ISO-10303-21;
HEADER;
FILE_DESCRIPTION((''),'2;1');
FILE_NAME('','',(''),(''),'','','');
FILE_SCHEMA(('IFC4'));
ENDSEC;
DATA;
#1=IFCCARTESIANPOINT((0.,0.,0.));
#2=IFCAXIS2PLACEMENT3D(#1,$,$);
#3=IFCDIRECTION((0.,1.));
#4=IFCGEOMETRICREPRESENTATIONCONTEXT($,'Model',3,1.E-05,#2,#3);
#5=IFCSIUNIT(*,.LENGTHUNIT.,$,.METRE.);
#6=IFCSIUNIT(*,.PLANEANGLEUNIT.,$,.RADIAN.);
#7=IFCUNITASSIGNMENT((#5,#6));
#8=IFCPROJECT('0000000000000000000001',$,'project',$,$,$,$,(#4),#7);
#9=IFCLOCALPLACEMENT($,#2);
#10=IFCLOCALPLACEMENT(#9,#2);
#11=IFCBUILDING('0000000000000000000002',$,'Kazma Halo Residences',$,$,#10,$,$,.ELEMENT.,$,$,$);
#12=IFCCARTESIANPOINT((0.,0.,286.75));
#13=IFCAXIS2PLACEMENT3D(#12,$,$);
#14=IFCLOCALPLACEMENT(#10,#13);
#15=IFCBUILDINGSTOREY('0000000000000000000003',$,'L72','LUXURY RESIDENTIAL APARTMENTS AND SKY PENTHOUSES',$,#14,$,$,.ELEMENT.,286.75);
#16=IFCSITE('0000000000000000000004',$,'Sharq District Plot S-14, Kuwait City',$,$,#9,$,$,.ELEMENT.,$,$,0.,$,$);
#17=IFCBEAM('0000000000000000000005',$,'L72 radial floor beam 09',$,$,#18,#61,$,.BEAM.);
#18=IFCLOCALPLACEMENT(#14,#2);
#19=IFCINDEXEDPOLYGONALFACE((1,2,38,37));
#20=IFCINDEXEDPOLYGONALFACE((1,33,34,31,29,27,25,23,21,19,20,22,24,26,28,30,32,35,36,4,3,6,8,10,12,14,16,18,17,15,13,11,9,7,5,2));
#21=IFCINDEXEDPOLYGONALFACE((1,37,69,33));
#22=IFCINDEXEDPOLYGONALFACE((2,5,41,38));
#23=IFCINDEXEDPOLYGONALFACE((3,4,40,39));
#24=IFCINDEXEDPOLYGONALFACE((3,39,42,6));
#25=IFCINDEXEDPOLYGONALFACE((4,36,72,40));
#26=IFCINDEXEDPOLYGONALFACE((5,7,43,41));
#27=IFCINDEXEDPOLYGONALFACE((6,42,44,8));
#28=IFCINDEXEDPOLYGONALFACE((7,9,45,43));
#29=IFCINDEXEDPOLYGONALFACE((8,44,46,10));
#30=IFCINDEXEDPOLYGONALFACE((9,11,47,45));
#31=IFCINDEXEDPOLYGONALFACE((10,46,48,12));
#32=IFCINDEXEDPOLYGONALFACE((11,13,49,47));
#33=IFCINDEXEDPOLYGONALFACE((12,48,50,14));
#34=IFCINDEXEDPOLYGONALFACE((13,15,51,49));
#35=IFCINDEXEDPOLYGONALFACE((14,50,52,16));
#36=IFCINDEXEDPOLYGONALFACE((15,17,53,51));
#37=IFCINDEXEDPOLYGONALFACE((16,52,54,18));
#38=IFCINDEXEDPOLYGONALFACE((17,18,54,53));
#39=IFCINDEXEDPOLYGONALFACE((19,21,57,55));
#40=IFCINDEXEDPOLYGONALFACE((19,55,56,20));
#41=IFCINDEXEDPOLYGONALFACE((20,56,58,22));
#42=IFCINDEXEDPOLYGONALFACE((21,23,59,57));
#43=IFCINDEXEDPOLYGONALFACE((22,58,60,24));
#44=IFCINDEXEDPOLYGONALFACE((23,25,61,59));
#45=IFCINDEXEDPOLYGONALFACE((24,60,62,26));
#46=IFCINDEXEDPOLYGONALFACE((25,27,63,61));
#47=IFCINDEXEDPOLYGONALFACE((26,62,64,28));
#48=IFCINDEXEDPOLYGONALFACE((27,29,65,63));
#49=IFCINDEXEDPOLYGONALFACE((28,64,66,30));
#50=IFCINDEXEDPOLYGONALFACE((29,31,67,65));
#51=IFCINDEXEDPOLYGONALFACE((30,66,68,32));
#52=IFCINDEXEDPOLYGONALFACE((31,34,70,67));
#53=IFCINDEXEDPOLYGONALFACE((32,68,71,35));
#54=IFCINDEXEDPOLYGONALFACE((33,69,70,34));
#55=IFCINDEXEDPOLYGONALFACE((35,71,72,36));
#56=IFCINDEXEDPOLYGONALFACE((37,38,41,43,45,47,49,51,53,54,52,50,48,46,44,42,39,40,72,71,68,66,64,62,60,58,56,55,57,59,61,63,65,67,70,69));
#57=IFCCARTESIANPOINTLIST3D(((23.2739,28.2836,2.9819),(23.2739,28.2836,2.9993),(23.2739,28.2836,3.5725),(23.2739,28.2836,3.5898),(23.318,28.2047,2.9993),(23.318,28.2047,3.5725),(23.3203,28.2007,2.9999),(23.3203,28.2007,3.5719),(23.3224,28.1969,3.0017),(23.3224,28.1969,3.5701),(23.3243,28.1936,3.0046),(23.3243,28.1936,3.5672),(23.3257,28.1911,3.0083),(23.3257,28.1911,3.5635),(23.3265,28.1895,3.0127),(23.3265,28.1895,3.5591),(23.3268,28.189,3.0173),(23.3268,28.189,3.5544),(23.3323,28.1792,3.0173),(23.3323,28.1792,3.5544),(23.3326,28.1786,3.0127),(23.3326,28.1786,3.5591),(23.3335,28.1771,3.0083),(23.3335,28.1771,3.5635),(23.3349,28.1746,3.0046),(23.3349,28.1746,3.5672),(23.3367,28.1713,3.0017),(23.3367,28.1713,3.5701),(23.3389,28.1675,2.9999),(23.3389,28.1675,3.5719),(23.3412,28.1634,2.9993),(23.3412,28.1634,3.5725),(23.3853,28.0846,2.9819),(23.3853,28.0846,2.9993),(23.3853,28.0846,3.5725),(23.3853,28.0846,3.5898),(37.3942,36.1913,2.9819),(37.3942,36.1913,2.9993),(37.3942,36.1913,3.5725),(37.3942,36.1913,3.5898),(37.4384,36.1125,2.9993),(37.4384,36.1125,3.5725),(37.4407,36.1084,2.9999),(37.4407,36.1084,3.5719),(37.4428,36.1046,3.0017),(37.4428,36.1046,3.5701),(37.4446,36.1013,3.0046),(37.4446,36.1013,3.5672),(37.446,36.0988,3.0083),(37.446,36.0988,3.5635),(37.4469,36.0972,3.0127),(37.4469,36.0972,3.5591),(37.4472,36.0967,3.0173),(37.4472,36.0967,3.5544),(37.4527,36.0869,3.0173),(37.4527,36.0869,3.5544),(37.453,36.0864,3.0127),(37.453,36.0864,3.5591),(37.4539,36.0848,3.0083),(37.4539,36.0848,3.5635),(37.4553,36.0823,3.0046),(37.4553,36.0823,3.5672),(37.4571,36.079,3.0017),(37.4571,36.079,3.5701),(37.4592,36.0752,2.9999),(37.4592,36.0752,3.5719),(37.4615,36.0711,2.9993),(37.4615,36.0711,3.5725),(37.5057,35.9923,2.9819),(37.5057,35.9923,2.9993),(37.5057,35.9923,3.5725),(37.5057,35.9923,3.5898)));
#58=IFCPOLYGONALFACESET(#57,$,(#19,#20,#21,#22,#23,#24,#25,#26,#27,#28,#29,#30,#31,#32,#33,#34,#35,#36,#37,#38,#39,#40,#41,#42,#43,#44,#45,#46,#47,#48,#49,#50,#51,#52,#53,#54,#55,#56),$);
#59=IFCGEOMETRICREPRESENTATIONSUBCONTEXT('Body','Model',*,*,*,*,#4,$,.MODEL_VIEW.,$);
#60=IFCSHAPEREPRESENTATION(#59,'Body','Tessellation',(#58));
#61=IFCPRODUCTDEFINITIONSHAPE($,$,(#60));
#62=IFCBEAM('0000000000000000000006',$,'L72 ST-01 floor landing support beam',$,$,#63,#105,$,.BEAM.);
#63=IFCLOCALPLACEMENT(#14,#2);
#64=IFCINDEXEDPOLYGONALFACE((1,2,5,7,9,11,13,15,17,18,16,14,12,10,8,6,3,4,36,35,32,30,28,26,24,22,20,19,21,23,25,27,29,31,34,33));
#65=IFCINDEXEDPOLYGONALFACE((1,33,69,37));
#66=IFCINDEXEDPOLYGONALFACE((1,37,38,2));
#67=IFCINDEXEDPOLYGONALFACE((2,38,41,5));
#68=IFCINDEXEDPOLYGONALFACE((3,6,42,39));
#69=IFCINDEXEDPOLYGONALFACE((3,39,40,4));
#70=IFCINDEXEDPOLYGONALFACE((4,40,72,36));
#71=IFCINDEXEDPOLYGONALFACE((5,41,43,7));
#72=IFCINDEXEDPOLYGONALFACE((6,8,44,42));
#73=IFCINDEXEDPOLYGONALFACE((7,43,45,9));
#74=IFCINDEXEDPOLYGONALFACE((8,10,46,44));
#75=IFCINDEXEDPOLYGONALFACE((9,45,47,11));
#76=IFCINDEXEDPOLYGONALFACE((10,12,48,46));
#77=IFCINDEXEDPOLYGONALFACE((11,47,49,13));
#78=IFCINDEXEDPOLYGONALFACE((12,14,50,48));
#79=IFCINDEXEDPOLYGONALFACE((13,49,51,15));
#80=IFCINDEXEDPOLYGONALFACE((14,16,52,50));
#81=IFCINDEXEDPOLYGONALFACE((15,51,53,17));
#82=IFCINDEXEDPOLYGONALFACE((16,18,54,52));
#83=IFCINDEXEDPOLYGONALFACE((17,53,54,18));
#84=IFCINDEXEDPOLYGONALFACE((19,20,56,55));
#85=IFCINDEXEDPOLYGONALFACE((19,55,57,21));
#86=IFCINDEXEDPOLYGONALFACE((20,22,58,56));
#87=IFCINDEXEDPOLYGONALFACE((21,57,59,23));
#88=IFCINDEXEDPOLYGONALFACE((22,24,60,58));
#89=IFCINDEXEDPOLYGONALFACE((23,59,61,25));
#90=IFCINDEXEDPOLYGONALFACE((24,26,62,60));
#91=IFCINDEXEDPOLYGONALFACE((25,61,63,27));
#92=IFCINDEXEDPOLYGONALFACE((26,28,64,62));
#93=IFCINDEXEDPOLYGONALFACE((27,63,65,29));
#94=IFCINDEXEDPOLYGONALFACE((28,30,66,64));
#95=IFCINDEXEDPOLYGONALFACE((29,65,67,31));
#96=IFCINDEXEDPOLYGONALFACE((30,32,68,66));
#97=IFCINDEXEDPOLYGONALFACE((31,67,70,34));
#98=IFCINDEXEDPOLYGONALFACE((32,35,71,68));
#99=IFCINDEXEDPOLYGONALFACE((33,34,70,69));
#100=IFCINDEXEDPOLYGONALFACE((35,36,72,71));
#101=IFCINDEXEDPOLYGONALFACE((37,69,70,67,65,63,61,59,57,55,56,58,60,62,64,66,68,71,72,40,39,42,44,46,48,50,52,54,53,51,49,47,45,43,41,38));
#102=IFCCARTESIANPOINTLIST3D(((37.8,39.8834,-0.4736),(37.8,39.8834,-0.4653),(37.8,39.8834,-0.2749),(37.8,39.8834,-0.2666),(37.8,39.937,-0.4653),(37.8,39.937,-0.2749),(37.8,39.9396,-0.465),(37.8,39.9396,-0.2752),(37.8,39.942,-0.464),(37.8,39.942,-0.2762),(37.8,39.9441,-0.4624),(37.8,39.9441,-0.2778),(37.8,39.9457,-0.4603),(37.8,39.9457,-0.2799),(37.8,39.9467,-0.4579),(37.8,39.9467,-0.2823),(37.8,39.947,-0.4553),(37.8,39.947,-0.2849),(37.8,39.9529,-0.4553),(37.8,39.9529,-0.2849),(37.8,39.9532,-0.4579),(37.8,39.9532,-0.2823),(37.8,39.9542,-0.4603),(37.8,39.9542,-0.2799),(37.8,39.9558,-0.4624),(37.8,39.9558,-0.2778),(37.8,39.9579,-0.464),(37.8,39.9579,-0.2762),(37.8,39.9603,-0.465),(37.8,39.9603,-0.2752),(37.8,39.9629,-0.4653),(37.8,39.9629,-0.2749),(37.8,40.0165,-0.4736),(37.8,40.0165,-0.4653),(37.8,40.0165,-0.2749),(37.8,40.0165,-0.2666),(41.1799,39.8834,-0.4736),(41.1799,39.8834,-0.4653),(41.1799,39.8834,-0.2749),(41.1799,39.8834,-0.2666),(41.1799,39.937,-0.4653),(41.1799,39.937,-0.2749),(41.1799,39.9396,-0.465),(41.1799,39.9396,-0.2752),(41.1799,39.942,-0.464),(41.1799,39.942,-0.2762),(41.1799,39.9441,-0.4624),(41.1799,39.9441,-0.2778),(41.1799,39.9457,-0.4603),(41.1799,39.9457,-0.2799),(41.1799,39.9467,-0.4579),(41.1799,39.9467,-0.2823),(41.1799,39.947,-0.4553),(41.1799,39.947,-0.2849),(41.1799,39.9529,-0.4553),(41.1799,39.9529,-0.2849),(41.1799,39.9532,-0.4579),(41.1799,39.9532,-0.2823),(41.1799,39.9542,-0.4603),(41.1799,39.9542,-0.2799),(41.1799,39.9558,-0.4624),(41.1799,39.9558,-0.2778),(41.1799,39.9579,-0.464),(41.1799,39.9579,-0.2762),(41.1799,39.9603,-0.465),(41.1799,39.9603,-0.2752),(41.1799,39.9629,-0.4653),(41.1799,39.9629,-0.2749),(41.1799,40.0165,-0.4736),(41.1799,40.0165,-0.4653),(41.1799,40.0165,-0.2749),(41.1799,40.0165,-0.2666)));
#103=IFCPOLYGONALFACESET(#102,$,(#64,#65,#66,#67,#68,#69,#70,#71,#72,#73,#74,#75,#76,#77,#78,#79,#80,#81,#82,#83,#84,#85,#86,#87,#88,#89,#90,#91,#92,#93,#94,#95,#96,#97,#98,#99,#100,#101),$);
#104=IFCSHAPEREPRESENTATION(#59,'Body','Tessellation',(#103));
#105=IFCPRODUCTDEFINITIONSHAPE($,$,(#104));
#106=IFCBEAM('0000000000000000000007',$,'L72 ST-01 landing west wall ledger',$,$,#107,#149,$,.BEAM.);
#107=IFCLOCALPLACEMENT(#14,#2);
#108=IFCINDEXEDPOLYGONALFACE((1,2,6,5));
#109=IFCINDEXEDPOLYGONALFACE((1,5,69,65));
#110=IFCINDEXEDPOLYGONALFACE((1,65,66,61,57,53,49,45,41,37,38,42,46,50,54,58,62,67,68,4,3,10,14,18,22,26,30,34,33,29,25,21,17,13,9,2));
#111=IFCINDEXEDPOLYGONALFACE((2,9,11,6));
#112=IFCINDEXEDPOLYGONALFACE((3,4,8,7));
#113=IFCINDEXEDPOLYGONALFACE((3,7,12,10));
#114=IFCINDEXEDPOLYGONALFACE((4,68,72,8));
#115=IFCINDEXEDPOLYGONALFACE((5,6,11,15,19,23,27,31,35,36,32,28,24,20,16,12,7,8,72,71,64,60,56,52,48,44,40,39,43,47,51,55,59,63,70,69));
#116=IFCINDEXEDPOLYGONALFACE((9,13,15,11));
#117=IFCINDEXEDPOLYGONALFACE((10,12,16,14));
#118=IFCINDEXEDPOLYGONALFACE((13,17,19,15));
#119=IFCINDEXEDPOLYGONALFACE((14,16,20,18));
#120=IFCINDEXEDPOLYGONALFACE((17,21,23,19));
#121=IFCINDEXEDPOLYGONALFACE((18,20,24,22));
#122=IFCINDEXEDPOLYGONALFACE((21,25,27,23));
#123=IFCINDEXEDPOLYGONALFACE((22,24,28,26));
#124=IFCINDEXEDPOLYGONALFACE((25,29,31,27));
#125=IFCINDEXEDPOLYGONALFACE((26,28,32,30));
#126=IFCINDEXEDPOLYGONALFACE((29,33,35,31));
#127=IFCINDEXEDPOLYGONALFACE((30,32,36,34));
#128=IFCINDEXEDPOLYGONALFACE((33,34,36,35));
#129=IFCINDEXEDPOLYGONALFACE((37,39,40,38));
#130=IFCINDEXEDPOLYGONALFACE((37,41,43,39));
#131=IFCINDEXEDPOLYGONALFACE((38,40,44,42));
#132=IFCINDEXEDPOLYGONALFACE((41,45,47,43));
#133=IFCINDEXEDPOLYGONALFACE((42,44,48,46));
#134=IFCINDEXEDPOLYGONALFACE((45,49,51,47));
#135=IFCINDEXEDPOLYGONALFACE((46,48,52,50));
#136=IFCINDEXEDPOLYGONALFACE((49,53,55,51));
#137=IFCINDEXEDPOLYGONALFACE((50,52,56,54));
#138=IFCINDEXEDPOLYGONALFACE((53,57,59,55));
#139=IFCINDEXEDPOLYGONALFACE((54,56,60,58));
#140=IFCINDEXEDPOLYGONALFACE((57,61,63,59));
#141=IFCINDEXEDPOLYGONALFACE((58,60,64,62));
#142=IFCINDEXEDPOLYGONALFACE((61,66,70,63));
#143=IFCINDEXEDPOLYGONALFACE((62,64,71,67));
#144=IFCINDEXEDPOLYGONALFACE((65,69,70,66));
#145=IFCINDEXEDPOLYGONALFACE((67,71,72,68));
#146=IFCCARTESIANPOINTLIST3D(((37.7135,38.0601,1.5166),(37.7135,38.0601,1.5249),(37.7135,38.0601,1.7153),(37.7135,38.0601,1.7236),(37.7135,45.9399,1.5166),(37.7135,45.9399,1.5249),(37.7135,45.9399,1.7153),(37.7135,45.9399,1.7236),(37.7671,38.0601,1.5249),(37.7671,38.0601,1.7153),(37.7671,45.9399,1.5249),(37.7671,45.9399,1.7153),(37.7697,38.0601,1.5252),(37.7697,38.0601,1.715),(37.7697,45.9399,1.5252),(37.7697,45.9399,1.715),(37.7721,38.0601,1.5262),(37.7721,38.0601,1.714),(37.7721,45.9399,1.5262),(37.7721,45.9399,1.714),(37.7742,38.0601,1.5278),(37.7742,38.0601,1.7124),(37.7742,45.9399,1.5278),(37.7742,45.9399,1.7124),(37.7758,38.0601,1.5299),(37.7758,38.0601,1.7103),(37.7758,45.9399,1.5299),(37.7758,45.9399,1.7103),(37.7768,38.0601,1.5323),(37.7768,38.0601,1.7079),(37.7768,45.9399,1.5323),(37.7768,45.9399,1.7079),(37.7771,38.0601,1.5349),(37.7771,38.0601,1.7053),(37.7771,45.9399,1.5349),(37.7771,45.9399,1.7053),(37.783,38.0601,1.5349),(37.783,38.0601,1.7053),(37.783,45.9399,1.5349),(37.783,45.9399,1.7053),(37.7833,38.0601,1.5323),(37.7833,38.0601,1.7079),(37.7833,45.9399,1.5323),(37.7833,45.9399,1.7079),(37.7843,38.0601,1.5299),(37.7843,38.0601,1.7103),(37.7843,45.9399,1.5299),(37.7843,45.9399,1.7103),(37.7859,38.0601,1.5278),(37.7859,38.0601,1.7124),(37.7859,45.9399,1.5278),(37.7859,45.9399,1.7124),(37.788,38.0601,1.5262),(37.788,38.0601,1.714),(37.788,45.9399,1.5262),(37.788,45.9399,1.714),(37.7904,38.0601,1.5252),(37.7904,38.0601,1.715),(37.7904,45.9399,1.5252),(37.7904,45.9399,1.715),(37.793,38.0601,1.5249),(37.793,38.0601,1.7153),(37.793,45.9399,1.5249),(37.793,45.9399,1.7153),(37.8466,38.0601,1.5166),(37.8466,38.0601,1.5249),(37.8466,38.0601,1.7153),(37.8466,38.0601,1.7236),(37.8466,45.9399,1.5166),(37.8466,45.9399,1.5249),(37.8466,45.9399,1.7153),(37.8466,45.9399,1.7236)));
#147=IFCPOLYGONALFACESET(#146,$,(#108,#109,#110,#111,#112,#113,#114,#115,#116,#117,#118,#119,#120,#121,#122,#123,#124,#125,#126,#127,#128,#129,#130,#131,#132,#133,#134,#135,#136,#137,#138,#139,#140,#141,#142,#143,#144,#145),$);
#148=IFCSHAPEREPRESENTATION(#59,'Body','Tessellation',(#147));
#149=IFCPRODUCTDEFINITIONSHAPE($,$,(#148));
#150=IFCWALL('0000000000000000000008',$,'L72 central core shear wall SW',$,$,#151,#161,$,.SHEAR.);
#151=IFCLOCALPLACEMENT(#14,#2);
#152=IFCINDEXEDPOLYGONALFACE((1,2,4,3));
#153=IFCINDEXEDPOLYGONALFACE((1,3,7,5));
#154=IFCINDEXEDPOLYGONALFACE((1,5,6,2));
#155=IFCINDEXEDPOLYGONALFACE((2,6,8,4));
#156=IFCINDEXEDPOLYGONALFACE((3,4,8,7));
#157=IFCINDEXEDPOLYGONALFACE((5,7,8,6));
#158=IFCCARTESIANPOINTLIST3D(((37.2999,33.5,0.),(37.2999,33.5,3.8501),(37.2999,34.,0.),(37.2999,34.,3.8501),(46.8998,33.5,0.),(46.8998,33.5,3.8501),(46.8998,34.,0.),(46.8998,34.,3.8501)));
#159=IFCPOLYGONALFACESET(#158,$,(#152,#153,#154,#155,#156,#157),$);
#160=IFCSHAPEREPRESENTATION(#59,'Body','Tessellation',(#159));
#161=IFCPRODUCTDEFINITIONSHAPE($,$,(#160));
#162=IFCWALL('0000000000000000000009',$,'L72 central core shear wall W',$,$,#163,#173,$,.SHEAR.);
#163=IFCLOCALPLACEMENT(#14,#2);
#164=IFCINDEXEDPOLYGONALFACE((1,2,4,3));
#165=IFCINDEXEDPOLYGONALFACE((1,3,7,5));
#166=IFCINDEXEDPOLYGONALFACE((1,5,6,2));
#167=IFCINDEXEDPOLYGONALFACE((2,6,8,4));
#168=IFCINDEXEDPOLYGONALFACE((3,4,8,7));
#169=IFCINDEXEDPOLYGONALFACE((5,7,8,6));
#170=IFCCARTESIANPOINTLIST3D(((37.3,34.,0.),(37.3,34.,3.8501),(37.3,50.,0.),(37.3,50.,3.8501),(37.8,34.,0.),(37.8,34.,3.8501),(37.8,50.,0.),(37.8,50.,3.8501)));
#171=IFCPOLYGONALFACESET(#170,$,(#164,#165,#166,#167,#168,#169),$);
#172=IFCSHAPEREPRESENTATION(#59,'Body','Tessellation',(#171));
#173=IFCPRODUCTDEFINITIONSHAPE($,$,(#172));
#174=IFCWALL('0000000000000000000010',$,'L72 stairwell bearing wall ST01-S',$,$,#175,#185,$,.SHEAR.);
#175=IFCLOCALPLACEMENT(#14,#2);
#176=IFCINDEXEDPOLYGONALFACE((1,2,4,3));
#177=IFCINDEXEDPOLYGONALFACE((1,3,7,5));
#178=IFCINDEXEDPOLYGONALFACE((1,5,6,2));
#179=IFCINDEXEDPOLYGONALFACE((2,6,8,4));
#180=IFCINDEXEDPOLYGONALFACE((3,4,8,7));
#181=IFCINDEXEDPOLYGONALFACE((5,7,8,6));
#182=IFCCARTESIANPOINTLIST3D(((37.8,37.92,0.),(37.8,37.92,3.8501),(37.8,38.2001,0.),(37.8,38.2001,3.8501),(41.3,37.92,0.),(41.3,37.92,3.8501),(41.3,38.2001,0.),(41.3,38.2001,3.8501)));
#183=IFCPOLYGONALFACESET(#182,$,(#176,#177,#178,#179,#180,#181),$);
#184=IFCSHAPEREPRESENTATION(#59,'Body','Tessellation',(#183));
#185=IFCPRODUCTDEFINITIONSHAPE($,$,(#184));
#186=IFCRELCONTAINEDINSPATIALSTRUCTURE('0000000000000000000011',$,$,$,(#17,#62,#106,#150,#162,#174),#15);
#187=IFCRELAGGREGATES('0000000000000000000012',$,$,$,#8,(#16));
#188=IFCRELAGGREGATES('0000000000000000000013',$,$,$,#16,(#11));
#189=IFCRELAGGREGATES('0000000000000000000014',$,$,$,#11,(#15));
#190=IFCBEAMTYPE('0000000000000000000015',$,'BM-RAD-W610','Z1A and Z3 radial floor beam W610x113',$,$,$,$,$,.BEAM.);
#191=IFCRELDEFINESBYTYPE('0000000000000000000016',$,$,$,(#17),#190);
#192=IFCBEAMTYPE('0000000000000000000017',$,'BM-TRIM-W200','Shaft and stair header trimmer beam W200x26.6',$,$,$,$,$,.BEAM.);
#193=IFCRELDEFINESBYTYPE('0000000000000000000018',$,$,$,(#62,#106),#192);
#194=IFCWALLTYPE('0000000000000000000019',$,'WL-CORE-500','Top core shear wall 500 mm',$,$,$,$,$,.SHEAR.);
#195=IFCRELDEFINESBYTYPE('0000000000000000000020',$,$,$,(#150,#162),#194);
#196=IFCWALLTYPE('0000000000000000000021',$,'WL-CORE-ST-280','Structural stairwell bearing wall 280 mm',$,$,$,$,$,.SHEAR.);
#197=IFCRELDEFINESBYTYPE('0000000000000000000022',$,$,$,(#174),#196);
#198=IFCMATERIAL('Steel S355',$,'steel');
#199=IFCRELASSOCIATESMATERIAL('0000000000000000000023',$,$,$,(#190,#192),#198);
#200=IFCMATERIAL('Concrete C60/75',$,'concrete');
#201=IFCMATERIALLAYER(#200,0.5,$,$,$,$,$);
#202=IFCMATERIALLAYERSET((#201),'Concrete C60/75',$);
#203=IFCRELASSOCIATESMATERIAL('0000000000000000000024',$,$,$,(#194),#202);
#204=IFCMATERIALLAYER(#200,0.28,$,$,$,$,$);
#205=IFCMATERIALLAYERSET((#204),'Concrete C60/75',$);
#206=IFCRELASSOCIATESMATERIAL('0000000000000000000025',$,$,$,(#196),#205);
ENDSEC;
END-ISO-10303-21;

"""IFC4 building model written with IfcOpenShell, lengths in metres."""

from ifc_helpers import new_model, si_unit, direction, frame, frame_2d, origin, origin_2d, place, context, subcontext, project, spatial, rectangle, i_section, extrude, material, layer, layer_set, material_profile, profile_set, type_object, element, save


model = new_model("IFC4")

# Units and contexts
model_context = context("Model", 3, precision=1e-05, world=origin(), true_north=direction((0.0, 1.0)))
body_context = subcontext(model_context, "Body", "Model", "MODEL_VIEW")
ifc_project = project(units=[si_unit("LENGTHUNIT", "METRE"), si_unit("PLANEANGLEUNIT", "RADIAN")], contexts=[model_context])

# Site, building, storey
site_placement = place(None, origin())
site = spatial("IfcSite", under=ifc_project, at=site_placement, Name="Sharq District Plot S-14, Kuwait City", CompositionType="ELEMENT", RefElevation=0.0)
building_placement = place(site_placement, origin())
building = spatial("IfcBuilding", under=site, at=building_placement, Name="Kazma Halo Residences", CompositionType="ELEMENT")
storey_placement = place(building_placement, frame((0.0, 0.0, 286.75)))
storey = spatial("IfcBuildingStorey", under=building, at=storey_placement, Name="L72", Description="LUXURY RESIDENTIAL APARTMENTS AND SKY PENTHOUSES", CompositionType="ELEMENT", Elevation=286.75)

# Beams
ifc_material_1 = material(Name="Steel S355", Category="steel")
ifc_material_profile_1 = material_profile(ifc_material_1, i_section(OverallWidth=0.228, OverallDepth=0.6079, WebThickness=0.0112, FlangeThickness=0.0173, FilletRadius=0.0181, at=origin_2d()), Name="W610x113")
ifc_profile_set_1 = profile_set([ifc_material_profile_1], Name="Steel S355")
beam_type_1 = type_object("IfcBeamType", Name="BM-RAD-W610", Description="Z1A and Z3 radial floor beam W610x113", PredefinedType="BEAM", material=ifc_profile_set_1)
beam_1_placement = place(storey_placement, frame((37.45, 36.0918, 3.2859), z_axis=(-0.872498, -0.488618, 0.0), x_axis=(0.488618, -0.872498, 0.0)))
element("IfcBeam", 1, at=beam_1_placement, inside=storey, type_object=beam_type_1, Name="L72 radial floor beam 09", PredefinedType="BEAM", context=body_context, shape_type="SweptSolid", body=[
    extrude(i_section(OverallWidth=0.228, OverallDepth=0.6079, WebThickness=0.0112, FlangeThickness=0.0173, FilletRadius=0.0181, at=origin_2d()), origin(), (0.0, 0.0, 1.0), 16.1838),
])
ifc_material_profile_2 = material_profile(ifc_material_1, i_section(OverallWidth=0.1331, OverallDepth=0.207, WebThickness=0.0059, FlangeThickness=0.0083, FilletRadius=0.01, at=origin_2d()), Name="W200x26.6")
ifc_profile_set_2 = profile_set([ifc_material_profile_2], Name="Steel S355")
beam_type_2 = type_object("IfcBeamType", Name="BM-TRIM-W200", Description="Shaft and stair header trimmer beam W200x26.6", PredefinedType="BEAM", material=ifc_profile_set_2)
beam_2_placement = place(storey_placement, frame((37.8, 39.95, -0.3701), z_axis=(1.0, 0.0, 0.0), x_axis=(0.0, 1.0, 0.0)))
element("IfcBeam", 2, at=beam_2_placement, inside=storey, type_object=beam_type_2, Name="L72 ST-01 floor landing support beam", PredefinedType="BEAM", context=body_context, shape_type="SweptSolid", body=[
    extrude(i_section(OverallWidth=0.1331, OverallDepth=0.207, WebThickness=0.0059, FlangeThickness=0.0083, FilletRadius=0.01, at=origin_2d()), origin(), (0.0, 0.0, 1.0), 3.3799),
])
beam_3_placement = place(storey_placement, frame((37.78, 38.0601, 1.6201), z_axis=(0.0, 1.0, 0.0), x_axis=(-1.0, 0.0, 0.0)))
element("IfcBeam", 3, at=beam_3_placement, inside=storey, type_object=beam_type_2, Name="L72 ST-01 landing west wall ledger", PredefinedType="BEAM", context=body_context, shape_type="SweptSolid", body=[
    extrude(i_section(OverallWidth=0.1331, OverallDepth=0.207, WebThickness=0.0059, FlangeThickness=0.0083, FilletRadius=0.01, at=origin_2d()), origin(), (0.0, 0.0, 1.0), 7.8799),
])

# Walls
ifc_material_2 = material(Name="Concrete C60/75", Category="concrete")
ifc_layer_1 = layer(ifc_material_2, 0.5)
ifc_layer_set_1 = layer_set([ifc_layer_1], Name="Concrete C60/75")
wall_type_1 = type_object("IfcWallType", Name="WL-CORE-500", Description="Top core shear wall 500 mm", PredefinedType="SHEAR", material=ifc_layer_set_1)
wall_1_placement = place(storey_placement, frame((37.3, 33.75, 0.0), z_axis=(0.0, 0.0, 1.0), x_axis=(1.0, 0.0, 0.0)))
element("IfcWall", 4, at=wall_1_placement, inside=storey, type_object=wall_type_1, Name="L72 central core shear wall SW", PredefinedType="SHEAR", context=body_context, shape_type="SweptSolid", body=[
    extrude(rectangle(XDim=9.5999, YDim=0.5, at=frame_2d((4.7998, 0.0))), origin(), (0.0, 0.0, 1.0), 3.8501),
])
wall_2_placement = place(storey_placement, frame((37.55, 34.0, 0.0), z_axis=(0.0, 0.0, 1.0), x_axis=(0.0, 1.0, 0.0)))
element("IfcWall", 5, at=wall_2_placement, inside=storey, type_object=wall_type_1, Name="L72 central core shear wall W", PredefinedType="SHEAR", context=body_context, shape_type="SweptSolid", body=[
    extrude(rectangle(XDim=16.0, YDim=0.5, at=frame_2d((8.0, 0.0))), origin(), (0.0, 0.0, 1.0), 3.8501),
])
ifc_layer_2 = layer(ifc_material_2, 0.28)
ifc_layer_set_2 = layer_set([ifc_layer_2], Name="Concrete C60/75")
wall_type_2 = type_object("IfcWallType", Name="WL-CORE-ST-280", Description="Structural stairwell bearing wall 280 mm", PredefinedType="SHEAR", material=ifc_layer_set_2)
wall_3_placement = place(storey_placement, frame((37.8, 38.0601, 0.0), z_axis=(0.0, 0.0, 1.0), x_axis=(1.0, 0.0, 0.0)))
element("IfcWall", 6, at=wall_3_placement, inside=storey, type_object=wall_type_2, Name="L72 stairwell bearing wall ST01-S", PredefinedType="SHEAR", context=body_context, shape_type="SweptSolid", body=[
    extrude(rectangle(XDim=3.5, YDim=0.28, at=frame_2d((1.75, 0.0))), origin(), (0.0, 0.0, 1.0), 3.8501),
])

save(model, "model.ifc")
